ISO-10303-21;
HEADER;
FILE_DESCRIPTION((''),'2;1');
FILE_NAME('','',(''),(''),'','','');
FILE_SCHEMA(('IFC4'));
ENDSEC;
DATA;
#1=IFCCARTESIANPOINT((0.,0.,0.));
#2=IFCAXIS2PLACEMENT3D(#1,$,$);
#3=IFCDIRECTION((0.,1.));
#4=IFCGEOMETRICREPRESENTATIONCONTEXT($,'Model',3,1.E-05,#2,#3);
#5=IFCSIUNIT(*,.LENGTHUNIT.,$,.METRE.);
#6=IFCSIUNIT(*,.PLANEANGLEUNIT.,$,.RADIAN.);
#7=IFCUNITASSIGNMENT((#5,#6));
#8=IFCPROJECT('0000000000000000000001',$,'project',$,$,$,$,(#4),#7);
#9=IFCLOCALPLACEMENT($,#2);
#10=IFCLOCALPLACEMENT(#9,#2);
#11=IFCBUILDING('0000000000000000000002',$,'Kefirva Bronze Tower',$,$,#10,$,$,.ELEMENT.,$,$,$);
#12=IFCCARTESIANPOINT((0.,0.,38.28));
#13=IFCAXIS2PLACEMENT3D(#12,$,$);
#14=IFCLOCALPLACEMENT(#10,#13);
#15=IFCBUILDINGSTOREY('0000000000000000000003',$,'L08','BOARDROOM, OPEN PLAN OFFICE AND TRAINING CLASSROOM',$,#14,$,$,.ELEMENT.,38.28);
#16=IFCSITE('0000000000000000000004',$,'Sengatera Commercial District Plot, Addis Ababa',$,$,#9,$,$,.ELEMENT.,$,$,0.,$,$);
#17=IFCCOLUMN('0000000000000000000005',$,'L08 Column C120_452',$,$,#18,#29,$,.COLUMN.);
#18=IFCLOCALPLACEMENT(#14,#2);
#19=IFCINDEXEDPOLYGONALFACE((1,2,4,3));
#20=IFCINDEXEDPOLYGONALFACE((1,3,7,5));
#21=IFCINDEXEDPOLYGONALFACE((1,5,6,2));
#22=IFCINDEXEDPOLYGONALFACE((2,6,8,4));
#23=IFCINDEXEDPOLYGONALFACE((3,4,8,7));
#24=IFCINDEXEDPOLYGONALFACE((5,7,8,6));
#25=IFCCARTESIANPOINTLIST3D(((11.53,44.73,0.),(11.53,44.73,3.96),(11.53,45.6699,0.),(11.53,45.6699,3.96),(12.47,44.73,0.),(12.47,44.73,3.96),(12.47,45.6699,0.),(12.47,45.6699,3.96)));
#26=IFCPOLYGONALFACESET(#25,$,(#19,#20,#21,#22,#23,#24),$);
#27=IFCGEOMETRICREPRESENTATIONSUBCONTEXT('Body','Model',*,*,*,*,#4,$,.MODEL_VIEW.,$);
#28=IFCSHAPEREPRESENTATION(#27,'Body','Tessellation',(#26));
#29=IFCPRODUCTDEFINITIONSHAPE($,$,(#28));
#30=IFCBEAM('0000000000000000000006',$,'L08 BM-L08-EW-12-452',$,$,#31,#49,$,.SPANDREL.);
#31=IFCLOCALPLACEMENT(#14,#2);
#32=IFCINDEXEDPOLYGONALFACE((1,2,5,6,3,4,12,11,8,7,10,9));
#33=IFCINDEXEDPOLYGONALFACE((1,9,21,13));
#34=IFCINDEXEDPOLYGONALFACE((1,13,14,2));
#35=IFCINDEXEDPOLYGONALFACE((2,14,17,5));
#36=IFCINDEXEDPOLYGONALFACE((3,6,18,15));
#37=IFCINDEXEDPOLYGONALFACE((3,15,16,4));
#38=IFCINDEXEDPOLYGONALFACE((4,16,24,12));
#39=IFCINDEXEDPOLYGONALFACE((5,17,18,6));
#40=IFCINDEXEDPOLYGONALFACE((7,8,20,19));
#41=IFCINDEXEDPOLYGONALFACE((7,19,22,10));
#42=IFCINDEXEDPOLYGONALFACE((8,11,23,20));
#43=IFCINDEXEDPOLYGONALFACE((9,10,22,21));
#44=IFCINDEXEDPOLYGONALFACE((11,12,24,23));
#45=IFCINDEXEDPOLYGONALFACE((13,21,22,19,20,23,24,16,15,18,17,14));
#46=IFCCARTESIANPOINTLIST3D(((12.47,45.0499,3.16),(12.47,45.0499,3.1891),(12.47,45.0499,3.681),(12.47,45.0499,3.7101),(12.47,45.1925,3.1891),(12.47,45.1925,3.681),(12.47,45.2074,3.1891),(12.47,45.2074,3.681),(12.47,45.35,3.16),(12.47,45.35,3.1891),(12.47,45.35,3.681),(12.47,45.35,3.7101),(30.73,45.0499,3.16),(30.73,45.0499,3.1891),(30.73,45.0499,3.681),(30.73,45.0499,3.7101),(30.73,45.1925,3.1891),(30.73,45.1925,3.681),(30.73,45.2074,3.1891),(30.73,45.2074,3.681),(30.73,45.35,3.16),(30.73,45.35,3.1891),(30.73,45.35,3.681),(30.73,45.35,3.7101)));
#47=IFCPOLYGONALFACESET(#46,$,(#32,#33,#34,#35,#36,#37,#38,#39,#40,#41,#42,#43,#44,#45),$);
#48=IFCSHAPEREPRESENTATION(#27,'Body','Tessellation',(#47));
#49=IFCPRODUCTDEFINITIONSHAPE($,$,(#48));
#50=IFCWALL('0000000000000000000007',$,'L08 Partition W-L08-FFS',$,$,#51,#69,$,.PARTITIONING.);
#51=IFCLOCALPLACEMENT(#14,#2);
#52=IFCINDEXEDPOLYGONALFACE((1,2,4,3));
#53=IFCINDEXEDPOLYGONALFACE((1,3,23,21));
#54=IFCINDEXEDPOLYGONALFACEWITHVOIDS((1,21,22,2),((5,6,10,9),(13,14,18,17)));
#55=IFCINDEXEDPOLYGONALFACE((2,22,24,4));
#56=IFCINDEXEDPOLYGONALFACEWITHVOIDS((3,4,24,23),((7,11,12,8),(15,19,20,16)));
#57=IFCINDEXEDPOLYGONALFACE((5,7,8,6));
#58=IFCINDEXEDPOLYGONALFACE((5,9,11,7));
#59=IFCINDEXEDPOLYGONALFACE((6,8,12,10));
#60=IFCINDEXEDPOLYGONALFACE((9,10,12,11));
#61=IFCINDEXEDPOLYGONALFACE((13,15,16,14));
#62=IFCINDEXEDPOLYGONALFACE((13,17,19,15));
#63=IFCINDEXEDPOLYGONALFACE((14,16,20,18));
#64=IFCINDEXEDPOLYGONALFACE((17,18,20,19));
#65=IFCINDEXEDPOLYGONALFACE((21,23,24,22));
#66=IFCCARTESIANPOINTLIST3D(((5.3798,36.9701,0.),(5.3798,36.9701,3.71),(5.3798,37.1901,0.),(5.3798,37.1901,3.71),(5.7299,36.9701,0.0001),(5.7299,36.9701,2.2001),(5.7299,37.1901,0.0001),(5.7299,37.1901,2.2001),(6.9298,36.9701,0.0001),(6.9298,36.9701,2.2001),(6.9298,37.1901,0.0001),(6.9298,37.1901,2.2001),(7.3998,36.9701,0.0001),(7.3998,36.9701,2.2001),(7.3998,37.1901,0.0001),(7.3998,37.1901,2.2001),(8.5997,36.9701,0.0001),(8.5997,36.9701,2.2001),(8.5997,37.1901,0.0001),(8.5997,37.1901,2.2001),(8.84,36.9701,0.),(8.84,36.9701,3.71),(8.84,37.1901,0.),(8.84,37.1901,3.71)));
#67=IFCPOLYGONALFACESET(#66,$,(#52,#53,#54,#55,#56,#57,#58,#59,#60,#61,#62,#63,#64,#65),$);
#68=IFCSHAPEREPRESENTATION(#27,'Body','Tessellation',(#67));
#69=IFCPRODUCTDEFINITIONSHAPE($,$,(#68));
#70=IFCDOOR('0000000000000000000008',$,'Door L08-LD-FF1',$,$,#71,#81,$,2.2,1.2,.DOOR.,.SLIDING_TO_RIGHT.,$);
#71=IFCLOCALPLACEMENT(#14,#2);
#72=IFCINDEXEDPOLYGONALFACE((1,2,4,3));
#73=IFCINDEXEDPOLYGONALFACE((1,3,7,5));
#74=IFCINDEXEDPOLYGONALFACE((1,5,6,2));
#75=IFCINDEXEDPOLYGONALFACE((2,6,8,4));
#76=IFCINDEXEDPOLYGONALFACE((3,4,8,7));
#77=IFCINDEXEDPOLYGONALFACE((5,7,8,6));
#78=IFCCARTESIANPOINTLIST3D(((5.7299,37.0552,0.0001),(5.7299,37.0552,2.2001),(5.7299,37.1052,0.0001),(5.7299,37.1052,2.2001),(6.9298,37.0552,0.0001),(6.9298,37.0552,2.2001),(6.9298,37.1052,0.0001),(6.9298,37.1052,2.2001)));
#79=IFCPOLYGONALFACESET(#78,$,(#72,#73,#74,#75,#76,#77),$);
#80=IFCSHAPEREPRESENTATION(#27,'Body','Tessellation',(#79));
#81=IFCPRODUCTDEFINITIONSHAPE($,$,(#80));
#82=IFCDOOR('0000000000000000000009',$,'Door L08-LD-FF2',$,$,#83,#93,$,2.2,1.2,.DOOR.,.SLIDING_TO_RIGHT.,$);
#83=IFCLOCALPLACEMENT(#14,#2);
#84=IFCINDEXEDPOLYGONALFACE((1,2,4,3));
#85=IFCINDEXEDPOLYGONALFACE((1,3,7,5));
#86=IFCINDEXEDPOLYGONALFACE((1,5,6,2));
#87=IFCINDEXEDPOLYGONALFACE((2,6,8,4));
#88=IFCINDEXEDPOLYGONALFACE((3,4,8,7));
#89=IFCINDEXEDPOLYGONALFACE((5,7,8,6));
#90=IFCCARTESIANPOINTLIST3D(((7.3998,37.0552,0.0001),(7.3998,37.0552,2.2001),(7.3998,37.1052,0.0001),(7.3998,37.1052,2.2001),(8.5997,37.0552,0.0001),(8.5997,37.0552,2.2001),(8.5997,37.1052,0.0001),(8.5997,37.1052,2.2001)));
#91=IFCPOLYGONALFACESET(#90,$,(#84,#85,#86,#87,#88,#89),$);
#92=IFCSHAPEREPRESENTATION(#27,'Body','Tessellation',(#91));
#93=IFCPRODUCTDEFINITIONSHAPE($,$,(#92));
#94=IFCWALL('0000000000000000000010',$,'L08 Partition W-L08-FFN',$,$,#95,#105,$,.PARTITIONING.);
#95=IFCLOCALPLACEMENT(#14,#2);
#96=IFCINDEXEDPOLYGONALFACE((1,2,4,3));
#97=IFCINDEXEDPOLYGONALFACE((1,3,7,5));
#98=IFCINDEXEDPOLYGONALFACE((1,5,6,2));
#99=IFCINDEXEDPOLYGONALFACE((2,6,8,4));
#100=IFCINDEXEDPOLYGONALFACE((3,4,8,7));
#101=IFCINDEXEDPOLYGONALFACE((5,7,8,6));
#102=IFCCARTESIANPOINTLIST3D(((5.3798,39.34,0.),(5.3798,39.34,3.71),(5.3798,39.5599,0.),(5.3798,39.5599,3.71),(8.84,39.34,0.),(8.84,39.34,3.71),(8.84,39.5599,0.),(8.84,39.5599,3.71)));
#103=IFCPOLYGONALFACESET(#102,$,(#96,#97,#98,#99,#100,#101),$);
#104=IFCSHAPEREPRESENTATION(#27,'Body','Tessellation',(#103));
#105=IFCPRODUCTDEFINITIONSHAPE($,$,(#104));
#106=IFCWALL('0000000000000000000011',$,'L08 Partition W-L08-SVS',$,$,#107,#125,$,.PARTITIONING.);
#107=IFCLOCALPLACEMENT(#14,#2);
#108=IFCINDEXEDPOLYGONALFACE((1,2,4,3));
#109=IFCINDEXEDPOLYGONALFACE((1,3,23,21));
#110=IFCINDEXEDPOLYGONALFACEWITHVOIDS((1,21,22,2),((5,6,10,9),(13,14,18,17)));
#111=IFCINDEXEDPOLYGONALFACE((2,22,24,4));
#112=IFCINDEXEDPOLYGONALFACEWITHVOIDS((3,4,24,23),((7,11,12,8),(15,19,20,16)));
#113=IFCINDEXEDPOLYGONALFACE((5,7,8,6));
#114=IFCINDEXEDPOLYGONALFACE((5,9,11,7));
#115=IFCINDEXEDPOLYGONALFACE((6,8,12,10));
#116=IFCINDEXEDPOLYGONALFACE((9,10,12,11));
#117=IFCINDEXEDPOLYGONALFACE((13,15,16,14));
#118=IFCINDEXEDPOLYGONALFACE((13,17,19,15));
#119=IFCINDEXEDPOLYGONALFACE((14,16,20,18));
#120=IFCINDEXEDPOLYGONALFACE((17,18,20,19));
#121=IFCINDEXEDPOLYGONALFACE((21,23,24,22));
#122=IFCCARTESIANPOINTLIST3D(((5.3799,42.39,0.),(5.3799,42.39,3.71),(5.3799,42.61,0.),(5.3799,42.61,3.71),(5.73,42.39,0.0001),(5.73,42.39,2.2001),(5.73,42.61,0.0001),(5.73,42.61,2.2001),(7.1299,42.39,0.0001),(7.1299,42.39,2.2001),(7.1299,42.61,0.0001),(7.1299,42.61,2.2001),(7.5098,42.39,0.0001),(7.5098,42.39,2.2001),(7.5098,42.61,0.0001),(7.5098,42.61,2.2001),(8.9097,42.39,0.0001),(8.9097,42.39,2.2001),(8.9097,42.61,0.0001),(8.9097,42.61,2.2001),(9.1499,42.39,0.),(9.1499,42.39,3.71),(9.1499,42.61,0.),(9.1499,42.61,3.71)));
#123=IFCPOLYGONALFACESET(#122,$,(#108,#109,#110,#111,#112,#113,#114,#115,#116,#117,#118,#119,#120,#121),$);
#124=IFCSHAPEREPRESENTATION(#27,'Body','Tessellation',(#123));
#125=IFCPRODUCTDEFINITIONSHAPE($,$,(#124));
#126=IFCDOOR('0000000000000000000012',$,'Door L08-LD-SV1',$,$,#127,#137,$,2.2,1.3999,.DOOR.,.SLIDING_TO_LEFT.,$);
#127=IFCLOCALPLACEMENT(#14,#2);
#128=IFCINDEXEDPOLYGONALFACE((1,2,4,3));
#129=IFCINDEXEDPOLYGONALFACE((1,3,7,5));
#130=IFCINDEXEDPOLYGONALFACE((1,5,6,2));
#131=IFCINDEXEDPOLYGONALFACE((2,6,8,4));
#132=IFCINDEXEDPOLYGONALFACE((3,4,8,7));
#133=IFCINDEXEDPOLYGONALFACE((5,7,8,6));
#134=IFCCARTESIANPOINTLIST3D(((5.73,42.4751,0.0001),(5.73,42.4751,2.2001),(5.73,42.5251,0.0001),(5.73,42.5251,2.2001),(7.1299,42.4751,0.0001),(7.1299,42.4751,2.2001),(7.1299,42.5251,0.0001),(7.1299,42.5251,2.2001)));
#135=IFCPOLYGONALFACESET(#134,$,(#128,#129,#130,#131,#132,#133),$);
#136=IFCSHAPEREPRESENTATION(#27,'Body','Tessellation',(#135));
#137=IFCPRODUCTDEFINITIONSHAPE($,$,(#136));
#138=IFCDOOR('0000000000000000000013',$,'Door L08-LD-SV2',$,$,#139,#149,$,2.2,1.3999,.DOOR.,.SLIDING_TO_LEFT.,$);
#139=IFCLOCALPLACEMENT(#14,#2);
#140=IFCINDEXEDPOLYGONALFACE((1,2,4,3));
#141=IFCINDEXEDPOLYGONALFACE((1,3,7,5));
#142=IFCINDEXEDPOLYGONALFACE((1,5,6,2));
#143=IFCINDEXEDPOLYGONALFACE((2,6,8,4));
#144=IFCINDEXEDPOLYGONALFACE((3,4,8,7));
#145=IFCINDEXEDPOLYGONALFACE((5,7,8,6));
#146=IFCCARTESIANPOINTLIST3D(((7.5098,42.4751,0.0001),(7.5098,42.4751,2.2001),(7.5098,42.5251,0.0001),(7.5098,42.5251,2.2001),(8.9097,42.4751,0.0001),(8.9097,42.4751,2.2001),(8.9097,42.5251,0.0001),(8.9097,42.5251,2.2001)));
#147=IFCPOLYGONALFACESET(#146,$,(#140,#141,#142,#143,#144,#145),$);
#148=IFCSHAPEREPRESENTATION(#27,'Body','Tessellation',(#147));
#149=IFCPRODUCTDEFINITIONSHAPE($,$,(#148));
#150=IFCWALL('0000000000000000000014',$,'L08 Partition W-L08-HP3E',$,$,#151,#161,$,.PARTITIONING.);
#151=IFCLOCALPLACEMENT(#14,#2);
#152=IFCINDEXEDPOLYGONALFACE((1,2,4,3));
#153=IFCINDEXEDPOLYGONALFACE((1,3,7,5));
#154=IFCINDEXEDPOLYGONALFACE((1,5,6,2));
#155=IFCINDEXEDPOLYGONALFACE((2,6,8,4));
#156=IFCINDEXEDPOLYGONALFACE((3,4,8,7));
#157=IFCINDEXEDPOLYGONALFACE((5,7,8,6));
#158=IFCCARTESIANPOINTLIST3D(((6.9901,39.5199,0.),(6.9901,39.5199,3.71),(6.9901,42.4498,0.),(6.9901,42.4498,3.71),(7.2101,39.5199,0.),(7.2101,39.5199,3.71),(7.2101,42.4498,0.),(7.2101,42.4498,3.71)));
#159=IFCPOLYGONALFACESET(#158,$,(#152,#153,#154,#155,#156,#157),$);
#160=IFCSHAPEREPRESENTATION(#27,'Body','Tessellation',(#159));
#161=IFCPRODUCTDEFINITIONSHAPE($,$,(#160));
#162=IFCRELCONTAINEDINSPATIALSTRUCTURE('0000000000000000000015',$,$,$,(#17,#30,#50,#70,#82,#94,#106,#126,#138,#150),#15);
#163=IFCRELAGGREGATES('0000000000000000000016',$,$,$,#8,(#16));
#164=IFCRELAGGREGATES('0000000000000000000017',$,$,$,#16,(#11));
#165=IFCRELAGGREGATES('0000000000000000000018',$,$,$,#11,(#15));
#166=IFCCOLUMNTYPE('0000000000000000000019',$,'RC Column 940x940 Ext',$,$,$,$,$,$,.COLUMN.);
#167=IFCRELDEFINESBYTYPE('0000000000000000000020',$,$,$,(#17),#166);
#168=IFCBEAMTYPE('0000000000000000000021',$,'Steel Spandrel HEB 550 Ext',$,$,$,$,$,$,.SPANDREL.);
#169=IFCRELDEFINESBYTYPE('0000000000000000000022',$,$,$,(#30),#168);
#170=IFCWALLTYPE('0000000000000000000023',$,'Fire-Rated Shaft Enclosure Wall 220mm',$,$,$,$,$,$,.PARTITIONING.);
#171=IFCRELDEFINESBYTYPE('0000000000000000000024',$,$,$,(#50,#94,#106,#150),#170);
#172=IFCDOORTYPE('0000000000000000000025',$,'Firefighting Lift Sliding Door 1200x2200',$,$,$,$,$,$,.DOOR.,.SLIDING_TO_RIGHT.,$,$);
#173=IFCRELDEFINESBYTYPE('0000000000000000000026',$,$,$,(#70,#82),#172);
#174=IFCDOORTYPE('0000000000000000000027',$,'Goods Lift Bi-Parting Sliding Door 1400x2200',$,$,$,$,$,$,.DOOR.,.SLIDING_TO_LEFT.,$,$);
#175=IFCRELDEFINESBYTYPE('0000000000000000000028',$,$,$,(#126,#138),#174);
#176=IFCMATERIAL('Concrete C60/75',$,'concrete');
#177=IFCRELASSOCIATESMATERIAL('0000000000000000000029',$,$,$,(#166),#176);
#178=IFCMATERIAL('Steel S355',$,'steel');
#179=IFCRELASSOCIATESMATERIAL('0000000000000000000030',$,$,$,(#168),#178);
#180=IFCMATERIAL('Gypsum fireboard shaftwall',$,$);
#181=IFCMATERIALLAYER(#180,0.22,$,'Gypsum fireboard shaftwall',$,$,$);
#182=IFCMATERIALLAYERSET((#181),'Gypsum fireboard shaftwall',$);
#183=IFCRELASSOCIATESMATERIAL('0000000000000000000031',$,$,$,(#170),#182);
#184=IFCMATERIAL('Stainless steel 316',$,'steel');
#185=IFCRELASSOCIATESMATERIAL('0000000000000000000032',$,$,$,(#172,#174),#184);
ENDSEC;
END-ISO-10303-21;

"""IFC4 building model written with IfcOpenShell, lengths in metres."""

from ifc_helpers import new_model, si_unit, direction, frame, frame_2d, origin, origin_2d, place, context, subcontext, project, spatial, rectangle, i_section, extrude, material, layer, layer_set, material_profile, profile_set, type_object, element, fill, save


model = new_model("IFC4")

# Units and contexts
model_context = context("Model", 3, precision=1e-05, world=origin(), true_north=direction((0.0, 1.0)))
body_context = subcontext(model_context, "Body", "Model", "MODEL_VIEW")
ifc_project = project(units=[si_unit("LENGTHUNIT", "METRE"), si_unit("PLANEANGLEUNIT", "RADIAN")], contexts=[model_context])

# Site, building, storey
site_placement = place(None, origin())
site = spatial("IfcSite", under=ifc_project, at=site_placement, Name="Sengatera Commercial District Plot, Addis Ababa", CompositionType="ELEMENT", RefElevation=0.0)
building_placement = place(site_placement, origin())
building = spatial("IfcBuilding", under=site, at=building_placement, Name="Kefirva Bronze Tower", CompositionType="ELEMENT")
storey_placement = place(building_placement, frame((0.0, 0.0, 38.28)))
storey = spatial("IfcBuildingStorey", under=building, at=storey_placement, Name="L08", Description="BOARDROOM, OPEN PLAN OFFICE AND TRAINING CLASSROOM", CompositionType="ELEMENT", Elevation=38.28)

# Column
ifc_material_1 = material(Name="Concrete C60/75", Category="concrete")
ifc_material_profile_1 = material_profile(ifc_material_1, rectangle(XDim=0.9399, YDim=0.9399, at=origin_2d()), Name="RC 940x940")
ifc_profile_set_1 = profile_set([ifc_material_profile_1], Name="Concrete C60/75")
column_type = type_object("IfcColumnType", Name="RC Column 940x940 Ext", PredefinedType="COLUMN", material=ifc_profile_set_1)
column_placement = place(storey_placement, frame((12.0, 45.2, 0.0), z_axis=(0.0, 0.0, 1.0), x_axis=(1.0, 0.0, 0.0)))
element("IfcColumn", 1, at=column_placement, inside=storey, type_object=column_type, Name="L08 Column C120_452", PredefinedType="COLUMN", context=body_context, shape_type="SweptSolid", body=[
    extrude(rectangle(XDim=0.9399, YDim=0.9399, at=origin_2d()), origin(), (0.0, 0.0, 1.0), 3.96),
])

# Beam
ifc_material_2 = material(Name="Steel S355", Category="steel")
ifc_material_profile_2 = material_profile(ifc_material_2, i_section(OverallWidth=0.3, OverallDepth=0.55, WebThickness=0.0149, FlangeThickness=0.0291, at=origin_2d()), Name="HEB 550")
ifc_profile_set_2 = profile_set([ifc_material_profile_2], Name="Steel S355")
beam_type = type_object("IfcBeamType", Name="Steel Spandrel HEB 550 Ext", PredefinedType="SPANDREL", material=ifc_profile_set_2)
beam_placement = place(storey_placement, frame((12.47, 45.2, 3.4351), z_axis=(1.0, 0.0, 0.0), x_axis=(0.0, 1.0, 0.0)))
element("IfcBeam", 2, at=beam_placement, inside=storey, type_object=beam_type, Name="L08 BM-L08-EW-12-452", PredefinedType="SPANDREL", context=body_context, shape_type="SweptSolid", body=[
    extrude(i_section(OverallWidth=0.3, OverallDepth=0.55, WebThickness=0.0149, FlangeThickness=0.0291, at=origin_2d()), origin(), (0.0, 0.0, 1.0), 18.26),
])

# Wall, openings, doors
ifc_material_3 = material(Name="Gypsum fireboard shaftwall")
ifc_layer_1 = layer(ifc_material_3, 0.22, Name="Gypsum fireboard shaftwall")
ifc_layer_set_1 = layer_set([ifc_layer_1], Name="Gypsum fireboard shaftwall")
wall_type_1 = type_object("IfcWallType", Name="Fire-Rated Shaft Enclosure Wall 220mm", PredefinedType="PARTITIONING", material=ifc_layer_set_1)
wall_1_placement = place(storey_placement, frame((5.3799, 37.0801, 0.0), z_axis=(0.0, 0.0, 1.0), x_axis=(1.0, 0.0, 0.0)))
wall_1 = element("IfcWall", 3, at=wall_1_placement, inside=storey, type_object=wall_type_1, Name="L08 Partition W-L08-FFS", PredefinedType="PARTITIONING", context=body_context, shape_type="SweptSolid", body=[
    extrude(rectangle(XDim=3.4602, YDim=0.22, at=frame_2d((1.73, 0.0))), origin(), (0.0, 0.0, 1.0), 3.71),
])
opening_1_placement = place(wall_1_placement, frame((1.55, 0.0, 0.0), z_axis=(0.0, 0.0, 1.0), x_axis=(-1.0, 0.0, 0.0)))
opening_1 = element("IfcOpeningElement", 4, at=opening_1_placement, cuts=wall_1, PredefinedType="OPENING", context=body_context, shape_type="SweptSolid", body=[
    extrude(rectangle(XDim=1.2, YDim=2.2, at=frame_2d((0.6001, 1.1001))), frame((0.0, 0.1201, 0.0), z_axis=(0.0, -1.0, 0.0), x_axis=(1.0, 0.0, 0.0)), (0.0, 0.0, 1.0), 0.24),
])
opening_2_placement = place(wall_1_placement, frame((3.22, 0.0, 0.0), z_axis=(0.0, 0.0, 1.0), x_axis=(-1.0, 0.0, 0.0)))
opening_2 = element("IfcOpeningElement", 5, at=opening_2_placement, cuts=wall_1, PredefinedType="OPENING", context=body_context, shape_type="SweptSolid", body=[
    extrude(rectangle(XDim=1.2, YDim=2.2, at=frame_2d((0.6001, 1.1001))), frame((0.0, 0.1201, 0.0), z_axis=(0.0, -1.0, 0.0), x_axis=(1.0, 0.0, 0.0)), (0.0, 0.0, 1.0), 0.24),
])
ifc_material_4 = material(Name="Stainless steel 316", Category="steel")
door_type_1 = type_object("IfcDoorType", Name="Firefighting Lift Sliding Door 1200x2200", OperationType="SLIDING_TO_RIGHT", PredefinedType="DOOR", material=ifc_material_4)
door_1_placement = place(opening_1_placement, origin())
door_1 = element("IfcDoor", 6, at=door_1_placement, inside=storey, type_object=door_type_1, Name="Door L08-LD-FF1", OperationType="SLIDING_TO_RIGHT", OverallHeight=2.2, OverallWidth=1.2, PredefinedType="DOOR", context=body_context, shape_type="SweptSolid", body=[
    extrude(rectangle(XDim=1.2, YDim=2.2, at=frame_2d((0.6001, 1.1001))), frame((0.0, 0.0249, 0.0), z_axis=(0.0, -1.0, 0.0), x_axis=(1.0, 0.0, 0.0)), (0.0, 0.0, 1.0), 0.05),
])
fill(opening_1, door_1)
door_2_placement = place(opening_2_placement, origin())
door_2 = element("IfcDoor", 7, at=door_2_placement, inside=storey, type_object=door_type_1, Name="Door L08-LD-FF2", OperationType="SLIDING_TO_RIGHT", OverallHeight=2.2, OverallWidth=1.2, PredefinedType="DOOR", context=body_context, shape_type="SweptSolid", body=[
    extrude(rectangle(XDim=1.2, YDim=2.2, at=frame_2d((0.6001, 1.1001))), frame((0.0, 0.0249, 0.0), z_axis=(0.0, -1.0, 0.0), x_axis=(1.0, 0.0, 0.0)), (0.0, 0.0, 1.0), 0.05),
])
fill(opening_2, door_2)

# Wall
wall_2_placement = place(storey_placement, frame((5.3799, 39.45, 0.0), z_axis=(0.0, 0.0, 1.0), x_axis=(1.0, 0.0, 0.0)))
element("IfcWall", 8, at=wall_2_placement, inside=storey, type_object=wall_type_1, Name="L08 Partition W-L08-FFN", PredefinedType="PARTITIONING", context=body_context, shape_type="SweptSolid", body=[
    extrude(rectangle(XDim=3.4602, YDim=0.22, at=frame_2d((1.73, 0.0))), origin(), (0.0, 0.0, 1.0), 3.71),
])

# Wall, openings, doors
wall_3_placement = place(storey_placement, frame((5.3799, 42.5, 0.0), z_axis=(0.0, 0.0, 1.0), x_axis=(1.0, 0.0, 0.0)))
wall_3 = element("IfcWall", 9, at=wall_3_placement, inside=storey, type_object=wall_type_1, Name="L08 Partition W-L08-SVS", PredefinedType="PARTITIONING", context=body_context, shape_type="SweptSolid", body=[
    extrude(rectangle(XDim=3.77, YDim=0.22, at=frame_2d((1.885, 0.0))), origin(), (0.0, 0.0, 1.0), 3.71),
])
opening_3_placement = place(wall_3_placement, frame((1.75, 0.0, 0.0), z_axis=(0.0, 0.0, 1.0), x_axis=(-1.0, 0.0, 0.0)))
opening_3 = element("IfcOpeningElement", 10, at=opening_3_placement, cuts=wall_3, PredefinedType="OPENING", context=body_context, shape_type="SweptSolid", body=[
    extrude(rectangle(XDim=1.3999, YDim=2.2, at=frame_2d((0.7, 1.1001))), frame((0.0, 0.1201, 0.0), z_axis=(0.0, -1.0, 0.0), x_axis=(1.0, 0.0, 0.0)), (0.0, 0.0, 1.0), 0.24),
])
opening_4_placement = place(wall_3_placement, frame((3.5298, 0.0, 0.0), z_axis=(0.0, 0.0, 1.0), x_axis=(-1.0, 0.0, 0.0)))
opening_4 = element("IfcOpeningElement", 11, at=opening_4_placement, cuts=wall_3, PredefinedType="OPENING", context=body_context, shape_type="SweptSolid", body=[
    extrude(rectangle(XDim=1.3999, YDim=2.2, at=frame_2d((0.7, 1.1001))), frame((0.0, 0.1201, 0.0), z_axis=(0.0, -1.0, 0.0), x_axis=(1.0, 0.0, 0.0)), (0.0, 0.0, 1.0), 0.24),
])
door_type_2 = type_object("IfcDoorType", Name="Goods Lift Bi-Parting Sliding Door 1400x2200", OperationType="SLIDING_TO_LEFT", PredefinedType="DOOR", material=ifc_material_4)
door_3_placement = place(opening_3_placement, origin())
door_3 = element("IfcDoor", 12, at=door_3_placement, inside=storey, type_object=door_type_2, Name="Door L08-LD-SV1", OperationType="SLIDING_TO_LEFT", OverallHeight=2.2, OverallWidth=1.3999, PredefinedType="DOOR", context=body_context, shape_type="SweptSolid", body=[
    extrude(rectangle(XDim=1.3999, YDim=2.2, at=frame_2d((0.7, 1.1001))), frame((0.0, 0.0249, 0.0), z_axis=(0.0, -1.0, 0.0), x_axis=(1.0, 0.0, 0.0)), (0.0, 0.0, 1.0), 0.05),
])
fill(opening_3, door_3)
door_4_placement = place(opening_4_placement, origin())
door_4 = element("IfcDoor", 13, at=door_4_placement, inside=storey, type_object=door_type_2, Name="Door L08-LD-SV2", OperationType="SLIDING_TO_LEFT", OverallHeight=2.2, OverallWidth=1.3999, PredefinedType="DOOR", context=body_context, shape_type="SweptSolid", body=[
    extrude(rectangle(XDim=1.3999, YDim=2.2, at=frame_2d((0.7, 1.1001))), frame((0.0, 0.0249, 0.0), z_axis=(0.0, -1.0, 0.0), x_axis=(1.0, 0.0, 0.0)), (0.0, 0.0, 1.0), 0.05),
])
fill(opening_4, door_4)

# Wall
wall_4_placement = place(storey_placement, frame((7.1001, 39.52, 0.0), z_axis=(0.0, 0.0, 1.0), x_axis=(0.0, 1.0, 0.0)))
element("IfcWall", 14, at=wall_4_placement, inside=storey, type_object=wall_type_1, Name="L08 Partition W-L08-HP3E", PredefinedType="PARTITIONING", context=body_context, shape_type="SweptSolid", body=[
    extrude(rectangle(XDim=2.9299, YDim=0.22, at=frame_2d((1.4648, 0.0))), origin(), (0.0, 0.0, 1.0), 3.71),
])

save(model, "model.ifc")
